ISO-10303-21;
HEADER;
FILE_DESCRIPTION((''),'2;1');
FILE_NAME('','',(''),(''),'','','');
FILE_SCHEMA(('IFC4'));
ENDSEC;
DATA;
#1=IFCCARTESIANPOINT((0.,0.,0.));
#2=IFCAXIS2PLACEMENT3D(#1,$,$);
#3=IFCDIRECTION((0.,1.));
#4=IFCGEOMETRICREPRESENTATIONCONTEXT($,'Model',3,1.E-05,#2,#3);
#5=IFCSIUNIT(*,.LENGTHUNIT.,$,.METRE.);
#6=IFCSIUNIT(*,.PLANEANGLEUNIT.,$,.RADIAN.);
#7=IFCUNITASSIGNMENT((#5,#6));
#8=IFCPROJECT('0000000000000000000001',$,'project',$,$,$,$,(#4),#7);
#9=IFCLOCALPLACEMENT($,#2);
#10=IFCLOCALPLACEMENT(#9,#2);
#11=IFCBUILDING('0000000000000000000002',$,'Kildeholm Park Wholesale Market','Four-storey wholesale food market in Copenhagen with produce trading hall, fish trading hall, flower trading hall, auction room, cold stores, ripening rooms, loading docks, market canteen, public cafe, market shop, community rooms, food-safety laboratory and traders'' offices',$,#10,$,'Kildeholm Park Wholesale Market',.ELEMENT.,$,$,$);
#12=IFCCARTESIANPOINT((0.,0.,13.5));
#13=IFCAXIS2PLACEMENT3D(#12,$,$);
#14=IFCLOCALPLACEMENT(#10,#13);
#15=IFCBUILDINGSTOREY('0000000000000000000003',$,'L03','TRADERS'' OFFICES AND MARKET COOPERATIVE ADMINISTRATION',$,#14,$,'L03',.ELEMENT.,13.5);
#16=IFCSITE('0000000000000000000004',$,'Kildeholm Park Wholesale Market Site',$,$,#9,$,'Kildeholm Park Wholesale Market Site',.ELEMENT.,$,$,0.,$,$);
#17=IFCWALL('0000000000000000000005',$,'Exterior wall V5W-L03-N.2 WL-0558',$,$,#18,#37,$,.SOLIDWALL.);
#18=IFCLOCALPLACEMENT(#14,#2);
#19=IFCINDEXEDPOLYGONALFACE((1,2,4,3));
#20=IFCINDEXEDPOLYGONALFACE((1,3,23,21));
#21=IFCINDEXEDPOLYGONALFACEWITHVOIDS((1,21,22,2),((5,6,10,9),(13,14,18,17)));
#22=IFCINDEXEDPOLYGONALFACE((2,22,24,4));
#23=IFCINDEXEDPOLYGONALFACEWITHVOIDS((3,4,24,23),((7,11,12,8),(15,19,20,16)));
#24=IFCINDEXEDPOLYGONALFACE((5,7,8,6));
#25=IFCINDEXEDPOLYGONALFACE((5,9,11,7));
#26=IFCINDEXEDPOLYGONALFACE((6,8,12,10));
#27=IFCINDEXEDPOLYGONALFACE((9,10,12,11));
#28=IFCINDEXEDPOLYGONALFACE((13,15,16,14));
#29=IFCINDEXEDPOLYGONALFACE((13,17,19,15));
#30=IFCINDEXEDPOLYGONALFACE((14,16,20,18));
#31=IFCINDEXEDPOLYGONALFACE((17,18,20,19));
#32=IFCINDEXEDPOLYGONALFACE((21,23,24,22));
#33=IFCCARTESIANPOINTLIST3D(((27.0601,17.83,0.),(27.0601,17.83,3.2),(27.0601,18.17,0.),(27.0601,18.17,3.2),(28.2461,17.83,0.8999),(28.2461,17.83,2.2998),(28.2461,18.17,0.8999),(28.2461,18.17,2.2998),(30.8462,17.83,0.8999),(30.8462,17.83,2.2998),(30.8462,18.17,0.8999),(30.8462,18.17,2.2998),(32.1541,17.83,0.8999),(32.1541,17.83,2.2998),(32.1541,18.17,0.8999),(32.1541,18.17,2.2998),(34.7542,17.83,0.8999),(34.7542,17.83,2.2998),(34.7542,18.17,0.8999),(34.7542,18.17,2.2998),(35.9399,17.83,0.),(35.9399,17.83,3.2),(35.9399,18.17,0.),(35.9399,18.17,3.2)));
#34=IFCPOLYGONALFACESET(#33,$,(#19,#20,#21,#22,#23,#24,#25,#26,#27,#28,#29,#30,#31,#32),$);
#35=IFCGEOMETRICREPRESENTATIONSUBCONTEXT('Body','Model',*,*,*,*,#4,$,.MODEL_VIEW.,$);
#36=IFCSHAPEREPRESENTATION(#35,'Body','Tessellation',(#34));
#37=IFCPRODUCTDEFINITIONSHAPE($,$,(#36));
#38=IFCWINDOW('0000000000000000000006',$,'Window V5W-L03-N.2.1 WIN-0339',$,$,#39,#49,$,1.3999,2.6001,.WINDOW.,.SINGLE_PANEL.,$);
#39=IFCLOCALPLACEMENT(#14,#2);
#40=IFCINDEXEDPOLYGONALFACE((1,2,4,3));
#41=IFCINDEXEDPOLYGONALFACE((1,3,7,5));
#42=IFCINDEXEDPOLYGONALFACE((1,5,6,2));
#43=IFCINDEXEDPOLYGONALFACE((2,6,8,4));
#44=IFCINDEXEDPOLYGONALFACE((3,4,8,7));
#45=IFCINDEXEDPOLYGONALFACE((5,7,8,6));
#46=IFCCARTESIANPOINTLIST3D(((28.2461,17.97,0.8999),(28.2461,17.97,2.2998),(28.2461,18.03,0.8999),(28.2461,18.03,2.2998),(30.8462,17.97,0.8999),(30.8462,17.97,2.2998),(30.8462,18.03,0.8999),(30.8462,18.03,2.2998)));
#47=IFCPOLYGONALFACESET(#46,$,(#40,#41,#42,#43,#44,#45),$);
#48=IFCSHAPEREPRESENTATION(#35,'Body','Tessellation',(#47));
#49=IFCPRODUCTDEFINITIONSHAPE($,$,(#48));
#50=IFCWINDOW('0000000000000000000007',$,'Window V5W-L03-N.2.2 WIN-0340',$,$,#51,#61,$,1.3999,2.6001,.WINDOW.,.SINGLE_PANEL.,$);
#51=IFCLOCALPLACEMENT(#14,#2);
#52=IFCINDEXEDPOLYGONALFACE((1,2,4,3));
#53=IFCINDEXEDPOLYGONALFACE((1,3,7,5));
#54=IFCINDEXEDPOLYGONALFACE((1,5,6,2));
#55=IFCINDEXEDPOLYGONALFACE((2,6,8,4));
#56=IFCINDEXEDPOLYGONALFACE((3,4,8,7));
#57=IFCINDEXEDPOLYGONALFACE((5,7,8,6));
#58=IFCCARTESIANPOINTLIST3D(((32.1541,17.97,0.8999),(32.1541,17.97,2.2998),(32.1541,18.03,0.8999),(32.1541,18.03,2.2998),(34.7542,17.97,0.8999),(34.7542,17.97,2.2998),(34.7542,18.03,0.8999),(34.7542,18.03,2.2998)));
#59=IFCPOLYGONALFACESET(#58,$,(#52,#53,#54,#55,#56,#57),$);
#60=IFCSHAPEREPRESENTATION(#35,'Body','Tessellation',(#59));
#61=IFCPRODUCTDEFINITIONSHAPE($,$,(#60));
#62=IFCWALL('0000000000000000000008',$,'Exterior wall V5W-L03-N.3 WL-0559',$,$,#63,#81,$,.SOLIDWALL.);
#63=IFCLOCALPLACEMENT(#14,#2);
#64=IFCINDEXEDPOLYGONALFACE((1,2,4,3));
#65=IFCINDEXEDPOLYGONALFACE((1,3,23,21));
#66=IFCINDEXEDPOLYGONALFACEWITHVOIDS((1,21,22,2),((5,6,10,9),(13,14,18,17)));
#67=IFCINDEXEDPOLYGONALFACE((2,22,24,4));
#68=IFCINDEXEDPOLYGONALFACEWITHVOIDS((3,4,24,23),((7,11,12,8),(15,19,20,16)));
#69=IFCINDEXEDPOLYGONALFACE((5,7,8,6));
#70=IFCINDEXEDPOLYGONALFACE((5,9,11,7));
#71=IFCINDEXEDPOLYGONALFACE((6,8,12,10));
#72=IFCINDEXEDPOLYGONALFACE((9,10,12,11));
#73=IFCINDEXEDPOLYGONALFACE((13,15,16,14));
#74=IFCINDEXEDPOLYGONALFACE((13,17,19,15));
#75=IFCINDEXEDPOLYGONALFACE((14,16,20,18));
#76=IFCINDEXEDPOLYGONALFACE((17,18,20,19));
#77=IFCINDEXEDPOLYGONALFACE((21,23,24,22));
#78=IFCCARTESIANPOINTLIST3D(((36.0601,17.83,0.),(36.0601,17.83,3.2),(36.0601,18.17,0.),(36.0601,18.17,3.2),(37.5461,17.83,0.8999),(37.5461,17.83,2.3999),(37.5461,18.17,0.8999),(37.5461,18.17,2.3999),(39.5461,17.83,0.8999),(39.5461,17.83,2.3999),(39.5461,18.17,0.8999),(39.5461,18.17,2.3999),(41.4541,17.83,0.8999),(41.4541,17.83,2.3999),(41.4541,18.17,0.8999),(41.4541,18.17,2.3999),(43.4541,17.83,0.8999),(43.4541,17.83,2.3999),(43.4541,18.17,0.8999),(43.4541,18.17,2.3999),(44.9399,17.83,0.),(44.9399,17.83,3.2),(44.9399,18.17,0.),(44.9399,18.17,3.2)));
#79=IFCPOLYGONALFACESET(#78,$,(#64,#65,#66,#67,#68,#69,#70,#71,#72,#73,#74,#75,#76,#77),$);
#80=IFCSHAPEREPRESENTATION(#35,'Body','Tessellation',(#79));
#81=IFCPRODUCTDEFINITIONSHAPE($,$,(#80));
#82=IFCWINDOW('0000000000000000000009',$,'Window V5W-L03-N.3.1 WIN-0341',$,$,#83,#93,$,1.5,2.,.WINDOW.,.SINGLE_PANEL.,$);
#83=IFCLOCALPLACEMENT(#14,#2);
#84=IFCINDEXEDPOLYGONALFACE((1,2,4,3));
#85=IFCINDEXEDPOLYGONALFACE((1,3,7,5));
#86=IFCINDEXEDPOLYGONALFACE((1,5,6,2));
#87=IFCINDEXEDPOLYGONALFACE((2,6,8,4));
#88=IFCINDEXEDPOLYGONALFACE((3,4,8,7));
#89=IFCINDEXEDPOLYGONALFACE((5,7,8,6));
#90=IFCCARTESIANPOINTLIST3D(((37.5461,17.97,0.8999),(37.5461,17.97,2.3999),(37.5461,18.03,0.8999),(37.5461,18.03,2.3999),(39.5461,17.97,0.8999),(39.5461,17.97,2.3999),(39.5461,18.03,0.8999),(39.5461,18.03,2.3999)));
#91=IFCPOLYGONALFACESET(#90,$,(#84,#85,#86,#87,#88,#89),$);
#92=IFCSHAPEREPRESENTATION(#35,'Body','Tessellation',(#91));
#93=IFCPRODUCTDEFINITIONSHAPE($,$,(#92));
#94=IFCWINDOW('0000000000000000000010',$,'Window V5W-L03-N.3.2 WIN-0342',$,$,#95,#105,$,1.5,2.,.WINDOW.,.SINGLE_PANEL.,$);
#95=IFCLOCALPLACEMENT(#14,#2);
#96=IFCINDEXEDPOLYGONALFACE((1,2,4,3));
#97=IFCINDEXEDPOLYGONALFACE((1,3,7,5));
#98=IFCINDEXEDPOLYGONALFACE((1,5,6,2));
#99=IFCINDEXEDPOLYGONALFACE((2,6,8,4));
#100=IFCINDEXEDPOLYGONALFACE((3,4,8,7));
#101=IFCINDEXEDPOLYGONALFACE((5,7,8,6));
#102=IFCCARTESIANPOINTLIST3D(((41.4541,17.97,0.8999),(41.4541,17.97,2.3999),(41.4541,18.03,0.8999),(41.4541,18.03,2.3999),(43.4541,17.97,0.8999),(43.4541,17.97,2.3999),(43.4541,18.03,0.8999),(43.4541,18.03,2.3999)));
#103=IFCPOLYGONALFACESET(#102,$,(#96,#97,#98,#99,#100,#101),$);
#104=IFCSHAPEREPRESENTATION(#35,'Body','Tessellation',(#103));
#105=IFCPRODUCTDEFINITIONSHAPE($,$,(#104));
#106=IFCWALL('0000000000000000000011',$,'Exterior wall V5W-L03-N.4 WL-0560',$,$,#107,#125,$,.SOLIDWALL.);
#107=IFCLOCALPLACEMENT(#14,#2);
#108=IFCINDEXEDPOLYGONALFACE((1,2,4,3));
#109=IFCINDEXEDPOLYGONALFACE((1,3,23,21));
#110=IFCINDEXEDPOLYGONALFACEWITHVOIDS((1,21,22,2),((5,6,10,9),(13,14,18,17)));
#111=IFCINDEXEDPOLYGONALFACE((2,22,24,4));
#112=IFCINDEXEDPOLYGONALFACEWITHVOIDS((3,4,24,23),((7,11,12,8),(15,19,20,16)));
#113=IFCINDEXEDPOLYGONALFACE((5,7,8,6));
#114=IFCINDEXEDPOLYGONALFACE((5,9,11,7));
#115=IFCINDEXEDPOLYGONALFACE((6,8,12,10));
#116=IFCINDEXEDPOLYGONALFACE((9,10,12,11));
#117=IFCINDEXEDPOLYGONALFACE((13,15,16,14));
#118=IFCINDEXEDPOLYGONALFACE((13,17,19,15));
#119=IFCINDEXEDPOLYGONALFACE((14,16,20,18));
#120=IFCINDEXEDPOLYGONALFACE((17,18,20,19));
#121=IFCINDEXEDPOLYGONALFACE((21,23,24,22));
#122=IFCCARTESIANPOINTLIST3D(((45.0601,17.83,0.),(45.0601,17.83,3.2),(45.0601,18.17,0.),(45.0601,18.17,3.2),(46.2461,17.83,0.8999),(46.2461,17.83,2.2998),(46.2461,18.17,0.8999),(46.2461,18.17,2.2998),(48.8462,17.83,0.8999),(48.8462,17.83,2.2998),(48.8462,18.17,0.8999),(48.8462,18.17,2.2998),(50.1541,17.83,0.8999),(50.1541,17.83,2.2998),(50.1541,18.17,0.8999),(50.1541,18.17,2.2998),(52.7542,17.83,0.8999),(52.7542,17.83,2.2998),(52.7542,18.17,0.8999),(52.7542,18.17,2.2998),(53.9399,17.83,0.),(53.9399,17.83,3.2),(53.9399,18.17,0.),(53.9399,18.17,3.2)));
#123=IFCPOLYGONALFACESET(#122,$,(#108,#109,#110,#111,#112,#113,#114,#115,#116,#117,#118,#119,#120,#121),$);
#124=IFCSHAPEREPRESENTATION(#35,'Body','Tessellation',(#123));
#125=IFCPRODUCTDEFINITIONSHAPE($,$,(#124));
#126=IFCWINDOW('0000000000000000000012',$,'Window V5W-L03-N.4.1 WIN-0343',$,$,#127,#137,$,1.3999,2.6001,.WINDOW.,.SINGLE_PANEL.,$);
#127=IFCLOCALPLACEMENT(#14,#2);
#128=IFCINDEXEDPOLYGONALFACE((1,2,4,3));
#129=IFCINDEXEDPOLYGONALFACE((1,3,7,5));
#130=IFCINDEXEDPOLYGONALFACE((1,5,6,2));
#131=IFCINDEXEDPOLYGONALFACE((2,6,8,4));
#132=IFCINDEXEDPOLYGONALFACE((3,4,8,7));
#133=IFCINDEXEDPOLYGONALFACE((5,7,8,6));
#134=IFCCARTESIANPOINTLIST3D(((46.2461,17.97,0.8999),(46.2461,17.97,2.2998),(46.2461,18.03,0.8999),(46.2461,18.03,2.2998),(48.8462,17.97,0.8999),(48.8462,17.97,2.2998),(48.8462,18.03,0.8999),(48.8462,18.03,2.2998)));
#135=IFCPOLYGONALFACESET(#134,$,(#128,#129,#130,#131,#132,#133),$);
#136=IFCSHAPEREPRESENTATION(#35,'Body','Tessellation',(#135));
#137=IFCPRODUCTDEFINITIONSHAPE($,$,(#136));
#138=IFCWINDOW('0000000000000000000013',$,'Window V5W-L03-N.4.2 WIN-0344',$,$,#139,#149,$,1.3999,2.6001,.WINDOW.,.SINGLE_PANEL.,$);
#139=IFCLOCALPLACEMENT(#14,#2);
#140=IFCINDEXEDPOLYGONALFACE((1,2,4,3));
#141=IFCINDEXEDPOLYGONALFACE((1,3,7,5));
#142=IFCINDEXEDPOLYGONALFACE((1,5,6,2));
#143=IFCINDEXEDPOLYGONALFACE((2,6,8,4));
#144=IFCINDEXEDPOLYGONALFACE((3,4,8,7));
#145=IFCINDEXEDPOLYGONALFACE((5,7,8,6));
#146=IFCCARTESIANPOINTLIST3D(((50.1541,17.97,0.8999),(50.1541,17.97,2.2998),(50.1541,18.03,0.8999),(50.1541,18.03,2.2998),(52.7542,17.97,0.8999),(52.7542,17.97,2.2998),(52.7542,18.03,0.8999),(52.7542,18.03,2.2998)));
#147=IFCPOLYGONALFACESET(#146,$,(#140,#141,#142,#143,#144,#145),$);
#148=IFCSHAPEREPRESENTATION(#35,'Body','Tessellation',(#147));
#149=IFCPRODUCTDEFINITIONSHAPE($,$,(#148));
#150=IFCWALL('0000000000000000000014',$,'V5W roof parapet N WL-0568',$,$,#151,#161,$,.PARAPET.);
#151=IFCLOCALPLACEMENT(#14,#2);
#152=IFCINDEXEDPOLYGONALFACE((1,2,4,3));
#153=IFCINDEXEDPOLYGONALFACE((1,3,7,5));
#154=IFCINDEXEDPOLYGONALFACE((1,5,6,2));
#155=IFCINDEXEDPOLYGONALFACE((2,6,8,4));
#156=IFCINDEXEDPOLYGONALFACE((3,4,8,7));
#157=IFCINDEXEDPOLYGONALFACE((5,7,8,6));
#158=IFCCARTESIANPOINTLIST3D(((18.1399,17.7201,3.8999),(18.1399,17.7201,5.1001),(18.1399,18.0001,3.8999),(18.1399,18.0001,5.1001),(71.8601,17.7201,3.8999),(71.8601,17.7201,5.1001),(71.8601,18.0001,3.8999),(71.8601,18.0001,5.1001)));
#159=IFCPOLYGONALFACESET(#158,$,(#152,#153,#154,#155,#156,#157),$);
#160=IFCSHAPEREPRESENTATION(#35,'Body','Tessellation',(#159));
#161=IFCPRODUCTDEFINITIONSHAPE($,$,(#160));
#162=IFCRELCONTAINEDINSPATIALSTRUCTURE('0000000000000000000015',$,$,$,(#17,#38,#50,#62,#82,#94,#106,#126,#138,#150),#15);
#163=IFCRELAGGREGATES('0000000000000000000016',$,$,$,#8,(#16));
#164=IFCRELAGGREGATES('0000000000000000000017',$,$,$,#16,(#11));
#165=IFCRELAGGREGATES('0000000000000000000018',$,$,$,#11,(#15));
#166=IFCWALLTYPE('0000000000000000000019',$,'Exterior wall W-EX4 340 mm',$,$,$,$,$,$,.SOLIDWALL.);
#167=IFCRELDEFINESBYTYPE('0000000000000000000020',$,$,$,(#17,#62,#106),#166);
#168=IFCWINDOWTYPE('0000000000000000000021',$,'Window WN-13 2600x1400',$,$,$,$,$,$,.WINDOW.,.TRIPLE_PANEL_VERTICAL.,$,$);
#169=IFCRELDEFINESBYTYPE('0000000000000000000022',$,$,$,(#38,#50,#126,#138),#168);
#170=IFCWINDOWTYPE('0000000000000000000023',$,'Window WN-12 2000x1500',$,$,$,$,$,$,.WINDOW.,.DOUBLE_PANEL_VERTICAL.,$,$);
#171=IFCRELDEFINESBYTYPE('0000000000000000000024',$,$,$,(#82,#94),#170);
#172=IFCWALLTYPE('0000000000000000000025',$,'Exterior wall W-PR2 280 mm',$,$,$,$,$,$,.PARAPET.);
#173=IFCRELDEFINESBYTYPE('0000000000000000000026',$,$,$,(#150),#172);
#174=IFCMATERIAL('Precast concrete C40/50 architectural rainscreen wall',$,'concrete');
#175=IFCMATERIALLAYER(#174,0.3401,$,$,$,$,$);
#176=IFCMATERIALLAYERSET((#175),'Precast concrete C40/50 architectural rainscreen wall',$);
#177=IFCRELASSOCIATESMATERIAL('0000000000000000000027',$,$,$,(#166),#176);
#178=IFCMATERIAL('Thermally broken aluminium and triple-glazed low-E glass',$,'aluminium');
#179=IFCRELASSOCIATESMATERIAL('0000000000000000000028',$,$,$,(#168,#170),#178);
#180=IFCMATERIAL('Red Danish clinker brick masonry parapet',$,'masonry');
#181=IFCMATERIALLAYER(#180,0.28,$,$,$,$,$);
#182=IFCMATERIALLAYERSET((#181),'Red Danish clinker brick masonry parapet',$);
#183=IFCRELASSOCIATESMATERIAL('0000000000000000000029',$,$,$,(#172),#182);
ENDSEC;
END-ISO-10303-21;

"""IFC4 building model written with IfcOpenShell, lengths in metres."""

from ifc_helpers import new_model, si_unit, direction, frame, frame_2d, origin, place, context, subcontext, project, spatial, rectangle, extrude, material, layer, layer_set, type_object, element, fill, save


model = new_model("IFC4")

# Units and contexts
model_context = context("Model", 3, precision=1e-05, world=origin(), true_north=direction((0.0, 1.0)))
body_context = subcontext(model_context, "Body", "Model", "MODEL_VIEW")
ifc_project = project(units=[si_unit("LENGTHUNIT", "METRE"), si_unit("PLANEANGLEUNIT", "RADIAN")], contexts=[model_context])

# Site, building, storey
site_placement = place(None, origin())
site = spatial("IfcSite", under=ifc_project, at=site_placement, Name="Kildeholm Park Wholesale Market Site", LongName="Kildeholm Park Wholesale Market Site", CompositionType="ELEMENT", RefElevation=0.0)
building_placement = place(site_placement, origin())
building = spatial("IfcBuilding", under=site, at=building_placement, Name="Kildeholm Park Wholesale Market", Description="Four-storey wholesale food market in Copenhagen with produce trading hall, fish trading hall, flower trading hall, auction room, cold stores, ripening rooms, loading docks, market canteen, public cafe, market shop, community rooms, food-safety laboratory and traders' offices", LongName="Kildeholm Park Wholesale Market", CompositionType="ELEMENT")
storey_placement = place(building_placement, frame((0.0, 0.0, 13.5)))
storey = spatial("IfcBuildingStorey", under=building, at=storey_placement, Name="L03", Description="TRADERS' OFFICES AND MARKET COOPERATIVE ADMINISTRATION", LongName="L03", CompositionType="ELEMENT", Elevation=13.5)

# Shared definitions
ifc_material_1 = material(Name="Precast concrete C40/50 architectural rainscreen wall", Category="concrete")
ifc_layer_1 = layer(ifc_material_1, 0.3401)
ifc_layer_set_1 = layer_set([ifc_layer_1], Name="Precast concrete C40/50 architectural rainscreen wall")
wall_type_1 = type_object("IfcWallType", Name="Exterior wall W-EX4 340 mm", PredefinedType="SOLIDWALL", material=ifc_layer_set_1)

# Walls, openings, windows
wall_1_placement = place(storey_placement, frame((27.0601, 18.0, 0.0), z_axis=(0.0, 0.0, 1.0), x_axis=(1.0, 0.0, 0.0)))
wall_1 = element("IfcWall", 1, at=wall_1_placement, inside=storey, type_object=wall_type_1, Name="Exterior wall V5W-L03-N.2 WL-0558", PredefinedType="SOLIDWALL", context=body_context, shape_type="SweptSolid", body=[
    extrude(rectangle(XDim=8.8799, YDim=0.3401, at=frame_2d((4.4399, 0.0))), origin(), (0.0, 0.0, 1.0), 3.2),
])
opening_1_placement = place(wall_1_placement, frame((1.186, 0.0, 0.8999)))
opening_1 = element("IfcOpeningElement", 2, at=opening_1_placement, cuts=wall_1, PredefinedType="OPENING", context=body_context, shape_type="SweptSolid", body=[
    extrude(rectangle(XDim=2.6001, YDim=1.3999, at=frame_2d((1.3, 0.7))), frame((0.0, 0.1799, 0.0), z_axis=(0.0, -1.0, 0.0), x_axis=(1.0, 0.0, 0.0)), (0.0, 0.0, 1.0), 0.3601),
])
opening_2_placement = place(wall_1_placement, frame((5.094, 0.0, 0.8999)))
opening_2 = element("IfcOpeningElement", 3, at=opening_2_placement, cuts=wall_1, PredefinedType="OPENING", context=body_context, shape_type="SweptSolid", body=[
    extrude(rectangle(XDim=2.6001, YDim=1.3999, at=frame_2d((1.3, 0.7))), frame((0.0, 0.1799, 0.0), z_axis=(0.0, -1.0, 0.0), x_axis=(1.0, 0.0, 0.0)), (0.0, 0.0, 1.0), 0.3601),
])
ifc_material_2 = material(Name="Thermally broken aluminium and triple-glazed low-E glass", Category="aluminium")
window_type_1 = type_object("IfcWindowType", Name="Window WN-13 2600x1400", PartitioningType="TRIPLE_PANEL_VERTICAL", PredefinedType="WINDOW", material=ifc_material_2)
window_1_placement = place(opening_1_placement, origin())
window_1 = element("IfcWindow", 4, at=window_1_placement, inside=storey, type_object=window_type_1, Name="Window V5W-L03-N.2.1 WIN-0339", OverallHeight=1.3999, OverallWidth=2.6001, PartitioningType="SINGLE_PANEL", PredefinedType="WINDOW", context=body_context, shape_type="SweptSolid", body=[
    extrude(rectangle(XDim=2.6001, YDim=1.3999, at=frame_2d((1.3, 0.7))), frame((0.0, 0.03, 0.0), z_axis=(0.0, -1.0, 0.0), x_axis=(1.0, 0.0, 0.0)), (0.0, 0.0, 1.0), 0.0601),
])
fill(opening_1, window_1)
window_2_placement = place(opening_2_placement, origin())
window_2 = element("IfcWindow", 5, at=window_2_placement, inside=storey, type_object=window_type_1, Name="Window V5W-L03-N.2.2 WIN-0340", OverallHeight=1.3999, OverallWidth=2.6001, PartitioningType="SINGLE_PANEL", PredefinedType="WINDOW", context=body_context, shape_type="SweptSolid", body=[
    extrude(rectangle(XDim=2.6001, YDim=1.3999, at=frame_2d((1.3, 0.7))), frame((0.0, 0.03, 0.0), z_axis=(0.0, -1.0, 0.0), x_axis=(1.0, 0.0, 0.0)), (0.0, 0.0, 1.0), 0.0601),
])
fill(opening_2, window_2)
wall_2_placement = place(storey_placement, frame((36.0601, 18.0, 0.0), z_axis=(0.0, 0.0, 1.0), x_axis=(1.0, 0.0, 0.0)))
wall_2 = element("IfcWall", 6, at=wall_2_placement, inside=storey, type_object=wall_type_1, Name="Exterior wall V5W-L03-N.3 WL-0559", PredefinedType="SOLIDWALL", context=body_context, shape_type="SweptSolid", body=[
    extrude(rectangle(XDim=8.8799, YDim=0.3401, at=frame_2d((4.4399, 0.0))), origin(), (0.0, 0.0, 1.0), 3.2),
])
opening_3_placement = place(wall_2_placement, frame((1.4861, 0.0, 0.8999)))
opening_3 = element("IfcOpeningElement", 7, at=opening_3_placement, cuts=wall_2, PredefinedType="OPENING", context=body_context, shape_type="SweptSolid", body=[
    extrude(rectangle(XDim=2.0, YDim=1.5, at=frame_2d((1.0, 0.75))), frame((0.0, 0.1799, 0.0), z_axis=(0.0, -1.0, 0.0), x_axis=(1.0, 0.0, 0.0)), (0.0, 0.0, 1.0), 0.3601),
])
opening_4_placement = place(wall_2_placement, frame((5.394, 0.0, 0.8999)))
opening_4 = element("IfcOpeningElement", 8, at=opening_4_placement, cuts=wall_2, PredefinedType="OPENING", context=body_context, shape_type="SweptSolid", body=[
    extrude(rectangle(XDim=2.0, YDim=1.5, at=frame_2d((1.0, 0.75))), frame((0.0, 0.1799, 0.0), z_axis=(0.0, -1.0, 0.0), x_axis=(1.0, 0.0, 0.0)), (0.0, 0.0, 1.0), 0.3601),
])
window_type_2 = type_object("IfcWindowType", Name="Window WN-12 2000x1500", PartitioningType="DOUBLE_PANEL_VERTICAL", PredefinedType="WINDOW", material=ifc_material_2)
window_3_placement = place(opening_3_placement, origin())
window_3 = element("IfcWindow", 9, at=window_3_placement, inside=storey, type_object=window_type_2, Name="Window V5W-L03-N.3.1 WIN-0341", OverallHeight=1.5, OverallWidth=2.0, PartitioningType="SINGLE_PANEL", PredefinedType="WINDOW", context=body_context, shape_type="SweptSolid", body=[
    extrude(rectangle(XDim=2.0, YDim=1.5, at=frame_2d((1.0, 0.75))), frame((0.0, 0.03, 0.0), z_axis=(0.0, -1.0, 0.0), x_axis=(1.0, 0.0, 0.0)), (0.0, 0.0, 1.0), 0.0601),
])
fill(opening_3, window_3)
window_4_placement = place(opening_4_placement, origin())
window_4 = element("IfcWindow", 10, at=window_4_placement, inside=storey, type_object=window_type_2, Name="Window V5W-L03-N.3.2 WIN-0342", OverallHeight=1.5, OverallWidth=2.0, PartitioningType="SINGLE_PANEL", PredefinedType="WINDOW", context=body_context, shape_type="SweptSolid", body=[
    extrude(rectangle(XDim=2.0, YDim=1.5, at=frame_2d((1.0, 0.75))), frame((0.0, 0.03, 0.0), z_axis=(0.0, -1.0, 0.0), x_axis=(1.0, 0.0, 0.0)), (0.0, 0.0, 1.0), 0.0601),
])
fill(opening_4, window_4)
wall_3_placement = place(storey_placement, frame((45.0601, 18.0, 0.0), z_axis=(0.0, 0.0, 1.0), x_axis=(1.0, 0.0, 0.0)))
wall_3 = element("IfcWall", 11, at=wall_3_placement, inside=storey, type_object=wall_type_1, Name="Exterior wall V5W-L03-N.4 WL-0560", PredefinedType="SOLIDWALL", context=body_context, shape_type="SweptSolid", body=[
    extrude(rectangle(XDim=8.8799, YDim=0.3401, at=frame_2d((4.4399, 0.0))), origin(), (0.0, 0.0, 1.0), 3.2),
])
opening_5_placement = place(wall_3_placement, frame((1.186, 0.0, 0.8999)))
opening_5 = element("IfcOpeningElement", 12, at=opening_5_placement, cuts=wall_3, PredefinedType="OPENING", context=body_context, shape_type="SweptSolid", body=[
    extrude(rectangle(XDim=2.6001, YDim=1.3999, at=frame_2d((1.3, 0.7))), frame((0.0, 0.1799, 0.0), z_axis=(0.0, -1.0, 0.0), x_axis=(1.0, 0.0, 0.0)), (0.0, 0.0, 1.0), 0.3601),
])
opening_6_placement = place(wall_3_placement, frame((5.094, 0.0, 0.8999)))
opening_6 = element("IfcOpeningElement", 13, at=opening_6_placement, cuts=wall_3, PredefinedType="OPENING", context=body_context, shape_type="SweptSolid", body=[
    extrude(rectangle(XDim=2.6001, YDim=1.3999, at=frame_2d((1.3, 0.7))), frame((0.0, 0.1799, 0.0), z_axis=(0.0, -1.0, 0.0), x_axis=(1.0, 0.0, 0.0)), (0.0, 0.0, 1.0), 0.3601),
])
window_5_placement = place(opening_5_placement, origin())
window_5 = element("IfcWindow", 14, at=window_5_placement, inside=storey, type_object=window_type_1, Name="Window V5W-L03-N.4.1 WIN-0343", OverallHeight=1.3999, OverallWidth=2.6001, PartitioningType="SINGLE_PANEL", PredefinedType="WINDOW", context=body_context, shape_type="SweptSolid", body=[
    extrude(rectangle(XDim=2.6001, YDim=1.3999, at=frame_2d((1.3, 0.7))), frame((0.0, 0.03, 0.0), z_axis=(0.0, -1.0, 0.0), x_axis=(1.0, 0.0, 0.0)), (0.0, 0.0, 1.0), 0.0601),
])
fill(opening_5, window_5)
window_6_placement = place(opening_6_placement, origin())
window_6 = element("IfcWindow", 15, at=window_6_placement, inside=storey, type_object=window_type_1, Name="Window V5W-L03-N.4.2 WIN-0344", OverallHeight=1.3999, OverallWidth=2.6001, PartitioningType="SINGLE_PANEL", PredefinedType="WINDOW", context=body_context, shape_type="SweptSolid", body=[
    extrude(rectangle(XDim=2.6001, YDim=1.3999, at=frame_2d((1.3, 0.7))), frame((0.0, 0.03, 0.0), z_axis=(0.0, -1.0, 0.0), x_axis=(1.0, 0.0, 0.0)), (0.0, 0.0, 1.0), 0.0601),
])
fill(opening_6, window_6)

# Wall
ifc_material_3 = material(Name="Red Danish clinker brick masonry parapet", Category="masonry")
ifc_layer_2 = layer(ifc_material_3, 0.28)
ifc_layer_set_2 = layer_set([ifc_layer_2], Name="Red Danish clinker brick masonry parapet")
wall_type_2 = type_object("IfcWallType", Name="Exterior wall W-PR2 280 mm", PredefinedType="PARAPET", material=ifc_layer_set_2)
wall_4_placement = place(storey_placement, frame((18.1399, 17.8601, 3.8999), z_axis=(0.0, 0.0, 1.0), x_axis=(1.0, 0.0, 0.0)))
element("IfcWall", 16, at=wall_4_placement, inside=storey, type_object=wall_type_2, Name="V5W roof parapet N WL-0568", PredefinedType="PARAPET", context=body_context, shape_type="SweptSolid", body=[
    extrude(rectangle(XDim=53.7202, YDim=0.28, at=frame_2d((26.8601, 0.0))), origin(), (0.0, 0.0, 1.0), 1.2002),
])

save(model, "model.ifc")
